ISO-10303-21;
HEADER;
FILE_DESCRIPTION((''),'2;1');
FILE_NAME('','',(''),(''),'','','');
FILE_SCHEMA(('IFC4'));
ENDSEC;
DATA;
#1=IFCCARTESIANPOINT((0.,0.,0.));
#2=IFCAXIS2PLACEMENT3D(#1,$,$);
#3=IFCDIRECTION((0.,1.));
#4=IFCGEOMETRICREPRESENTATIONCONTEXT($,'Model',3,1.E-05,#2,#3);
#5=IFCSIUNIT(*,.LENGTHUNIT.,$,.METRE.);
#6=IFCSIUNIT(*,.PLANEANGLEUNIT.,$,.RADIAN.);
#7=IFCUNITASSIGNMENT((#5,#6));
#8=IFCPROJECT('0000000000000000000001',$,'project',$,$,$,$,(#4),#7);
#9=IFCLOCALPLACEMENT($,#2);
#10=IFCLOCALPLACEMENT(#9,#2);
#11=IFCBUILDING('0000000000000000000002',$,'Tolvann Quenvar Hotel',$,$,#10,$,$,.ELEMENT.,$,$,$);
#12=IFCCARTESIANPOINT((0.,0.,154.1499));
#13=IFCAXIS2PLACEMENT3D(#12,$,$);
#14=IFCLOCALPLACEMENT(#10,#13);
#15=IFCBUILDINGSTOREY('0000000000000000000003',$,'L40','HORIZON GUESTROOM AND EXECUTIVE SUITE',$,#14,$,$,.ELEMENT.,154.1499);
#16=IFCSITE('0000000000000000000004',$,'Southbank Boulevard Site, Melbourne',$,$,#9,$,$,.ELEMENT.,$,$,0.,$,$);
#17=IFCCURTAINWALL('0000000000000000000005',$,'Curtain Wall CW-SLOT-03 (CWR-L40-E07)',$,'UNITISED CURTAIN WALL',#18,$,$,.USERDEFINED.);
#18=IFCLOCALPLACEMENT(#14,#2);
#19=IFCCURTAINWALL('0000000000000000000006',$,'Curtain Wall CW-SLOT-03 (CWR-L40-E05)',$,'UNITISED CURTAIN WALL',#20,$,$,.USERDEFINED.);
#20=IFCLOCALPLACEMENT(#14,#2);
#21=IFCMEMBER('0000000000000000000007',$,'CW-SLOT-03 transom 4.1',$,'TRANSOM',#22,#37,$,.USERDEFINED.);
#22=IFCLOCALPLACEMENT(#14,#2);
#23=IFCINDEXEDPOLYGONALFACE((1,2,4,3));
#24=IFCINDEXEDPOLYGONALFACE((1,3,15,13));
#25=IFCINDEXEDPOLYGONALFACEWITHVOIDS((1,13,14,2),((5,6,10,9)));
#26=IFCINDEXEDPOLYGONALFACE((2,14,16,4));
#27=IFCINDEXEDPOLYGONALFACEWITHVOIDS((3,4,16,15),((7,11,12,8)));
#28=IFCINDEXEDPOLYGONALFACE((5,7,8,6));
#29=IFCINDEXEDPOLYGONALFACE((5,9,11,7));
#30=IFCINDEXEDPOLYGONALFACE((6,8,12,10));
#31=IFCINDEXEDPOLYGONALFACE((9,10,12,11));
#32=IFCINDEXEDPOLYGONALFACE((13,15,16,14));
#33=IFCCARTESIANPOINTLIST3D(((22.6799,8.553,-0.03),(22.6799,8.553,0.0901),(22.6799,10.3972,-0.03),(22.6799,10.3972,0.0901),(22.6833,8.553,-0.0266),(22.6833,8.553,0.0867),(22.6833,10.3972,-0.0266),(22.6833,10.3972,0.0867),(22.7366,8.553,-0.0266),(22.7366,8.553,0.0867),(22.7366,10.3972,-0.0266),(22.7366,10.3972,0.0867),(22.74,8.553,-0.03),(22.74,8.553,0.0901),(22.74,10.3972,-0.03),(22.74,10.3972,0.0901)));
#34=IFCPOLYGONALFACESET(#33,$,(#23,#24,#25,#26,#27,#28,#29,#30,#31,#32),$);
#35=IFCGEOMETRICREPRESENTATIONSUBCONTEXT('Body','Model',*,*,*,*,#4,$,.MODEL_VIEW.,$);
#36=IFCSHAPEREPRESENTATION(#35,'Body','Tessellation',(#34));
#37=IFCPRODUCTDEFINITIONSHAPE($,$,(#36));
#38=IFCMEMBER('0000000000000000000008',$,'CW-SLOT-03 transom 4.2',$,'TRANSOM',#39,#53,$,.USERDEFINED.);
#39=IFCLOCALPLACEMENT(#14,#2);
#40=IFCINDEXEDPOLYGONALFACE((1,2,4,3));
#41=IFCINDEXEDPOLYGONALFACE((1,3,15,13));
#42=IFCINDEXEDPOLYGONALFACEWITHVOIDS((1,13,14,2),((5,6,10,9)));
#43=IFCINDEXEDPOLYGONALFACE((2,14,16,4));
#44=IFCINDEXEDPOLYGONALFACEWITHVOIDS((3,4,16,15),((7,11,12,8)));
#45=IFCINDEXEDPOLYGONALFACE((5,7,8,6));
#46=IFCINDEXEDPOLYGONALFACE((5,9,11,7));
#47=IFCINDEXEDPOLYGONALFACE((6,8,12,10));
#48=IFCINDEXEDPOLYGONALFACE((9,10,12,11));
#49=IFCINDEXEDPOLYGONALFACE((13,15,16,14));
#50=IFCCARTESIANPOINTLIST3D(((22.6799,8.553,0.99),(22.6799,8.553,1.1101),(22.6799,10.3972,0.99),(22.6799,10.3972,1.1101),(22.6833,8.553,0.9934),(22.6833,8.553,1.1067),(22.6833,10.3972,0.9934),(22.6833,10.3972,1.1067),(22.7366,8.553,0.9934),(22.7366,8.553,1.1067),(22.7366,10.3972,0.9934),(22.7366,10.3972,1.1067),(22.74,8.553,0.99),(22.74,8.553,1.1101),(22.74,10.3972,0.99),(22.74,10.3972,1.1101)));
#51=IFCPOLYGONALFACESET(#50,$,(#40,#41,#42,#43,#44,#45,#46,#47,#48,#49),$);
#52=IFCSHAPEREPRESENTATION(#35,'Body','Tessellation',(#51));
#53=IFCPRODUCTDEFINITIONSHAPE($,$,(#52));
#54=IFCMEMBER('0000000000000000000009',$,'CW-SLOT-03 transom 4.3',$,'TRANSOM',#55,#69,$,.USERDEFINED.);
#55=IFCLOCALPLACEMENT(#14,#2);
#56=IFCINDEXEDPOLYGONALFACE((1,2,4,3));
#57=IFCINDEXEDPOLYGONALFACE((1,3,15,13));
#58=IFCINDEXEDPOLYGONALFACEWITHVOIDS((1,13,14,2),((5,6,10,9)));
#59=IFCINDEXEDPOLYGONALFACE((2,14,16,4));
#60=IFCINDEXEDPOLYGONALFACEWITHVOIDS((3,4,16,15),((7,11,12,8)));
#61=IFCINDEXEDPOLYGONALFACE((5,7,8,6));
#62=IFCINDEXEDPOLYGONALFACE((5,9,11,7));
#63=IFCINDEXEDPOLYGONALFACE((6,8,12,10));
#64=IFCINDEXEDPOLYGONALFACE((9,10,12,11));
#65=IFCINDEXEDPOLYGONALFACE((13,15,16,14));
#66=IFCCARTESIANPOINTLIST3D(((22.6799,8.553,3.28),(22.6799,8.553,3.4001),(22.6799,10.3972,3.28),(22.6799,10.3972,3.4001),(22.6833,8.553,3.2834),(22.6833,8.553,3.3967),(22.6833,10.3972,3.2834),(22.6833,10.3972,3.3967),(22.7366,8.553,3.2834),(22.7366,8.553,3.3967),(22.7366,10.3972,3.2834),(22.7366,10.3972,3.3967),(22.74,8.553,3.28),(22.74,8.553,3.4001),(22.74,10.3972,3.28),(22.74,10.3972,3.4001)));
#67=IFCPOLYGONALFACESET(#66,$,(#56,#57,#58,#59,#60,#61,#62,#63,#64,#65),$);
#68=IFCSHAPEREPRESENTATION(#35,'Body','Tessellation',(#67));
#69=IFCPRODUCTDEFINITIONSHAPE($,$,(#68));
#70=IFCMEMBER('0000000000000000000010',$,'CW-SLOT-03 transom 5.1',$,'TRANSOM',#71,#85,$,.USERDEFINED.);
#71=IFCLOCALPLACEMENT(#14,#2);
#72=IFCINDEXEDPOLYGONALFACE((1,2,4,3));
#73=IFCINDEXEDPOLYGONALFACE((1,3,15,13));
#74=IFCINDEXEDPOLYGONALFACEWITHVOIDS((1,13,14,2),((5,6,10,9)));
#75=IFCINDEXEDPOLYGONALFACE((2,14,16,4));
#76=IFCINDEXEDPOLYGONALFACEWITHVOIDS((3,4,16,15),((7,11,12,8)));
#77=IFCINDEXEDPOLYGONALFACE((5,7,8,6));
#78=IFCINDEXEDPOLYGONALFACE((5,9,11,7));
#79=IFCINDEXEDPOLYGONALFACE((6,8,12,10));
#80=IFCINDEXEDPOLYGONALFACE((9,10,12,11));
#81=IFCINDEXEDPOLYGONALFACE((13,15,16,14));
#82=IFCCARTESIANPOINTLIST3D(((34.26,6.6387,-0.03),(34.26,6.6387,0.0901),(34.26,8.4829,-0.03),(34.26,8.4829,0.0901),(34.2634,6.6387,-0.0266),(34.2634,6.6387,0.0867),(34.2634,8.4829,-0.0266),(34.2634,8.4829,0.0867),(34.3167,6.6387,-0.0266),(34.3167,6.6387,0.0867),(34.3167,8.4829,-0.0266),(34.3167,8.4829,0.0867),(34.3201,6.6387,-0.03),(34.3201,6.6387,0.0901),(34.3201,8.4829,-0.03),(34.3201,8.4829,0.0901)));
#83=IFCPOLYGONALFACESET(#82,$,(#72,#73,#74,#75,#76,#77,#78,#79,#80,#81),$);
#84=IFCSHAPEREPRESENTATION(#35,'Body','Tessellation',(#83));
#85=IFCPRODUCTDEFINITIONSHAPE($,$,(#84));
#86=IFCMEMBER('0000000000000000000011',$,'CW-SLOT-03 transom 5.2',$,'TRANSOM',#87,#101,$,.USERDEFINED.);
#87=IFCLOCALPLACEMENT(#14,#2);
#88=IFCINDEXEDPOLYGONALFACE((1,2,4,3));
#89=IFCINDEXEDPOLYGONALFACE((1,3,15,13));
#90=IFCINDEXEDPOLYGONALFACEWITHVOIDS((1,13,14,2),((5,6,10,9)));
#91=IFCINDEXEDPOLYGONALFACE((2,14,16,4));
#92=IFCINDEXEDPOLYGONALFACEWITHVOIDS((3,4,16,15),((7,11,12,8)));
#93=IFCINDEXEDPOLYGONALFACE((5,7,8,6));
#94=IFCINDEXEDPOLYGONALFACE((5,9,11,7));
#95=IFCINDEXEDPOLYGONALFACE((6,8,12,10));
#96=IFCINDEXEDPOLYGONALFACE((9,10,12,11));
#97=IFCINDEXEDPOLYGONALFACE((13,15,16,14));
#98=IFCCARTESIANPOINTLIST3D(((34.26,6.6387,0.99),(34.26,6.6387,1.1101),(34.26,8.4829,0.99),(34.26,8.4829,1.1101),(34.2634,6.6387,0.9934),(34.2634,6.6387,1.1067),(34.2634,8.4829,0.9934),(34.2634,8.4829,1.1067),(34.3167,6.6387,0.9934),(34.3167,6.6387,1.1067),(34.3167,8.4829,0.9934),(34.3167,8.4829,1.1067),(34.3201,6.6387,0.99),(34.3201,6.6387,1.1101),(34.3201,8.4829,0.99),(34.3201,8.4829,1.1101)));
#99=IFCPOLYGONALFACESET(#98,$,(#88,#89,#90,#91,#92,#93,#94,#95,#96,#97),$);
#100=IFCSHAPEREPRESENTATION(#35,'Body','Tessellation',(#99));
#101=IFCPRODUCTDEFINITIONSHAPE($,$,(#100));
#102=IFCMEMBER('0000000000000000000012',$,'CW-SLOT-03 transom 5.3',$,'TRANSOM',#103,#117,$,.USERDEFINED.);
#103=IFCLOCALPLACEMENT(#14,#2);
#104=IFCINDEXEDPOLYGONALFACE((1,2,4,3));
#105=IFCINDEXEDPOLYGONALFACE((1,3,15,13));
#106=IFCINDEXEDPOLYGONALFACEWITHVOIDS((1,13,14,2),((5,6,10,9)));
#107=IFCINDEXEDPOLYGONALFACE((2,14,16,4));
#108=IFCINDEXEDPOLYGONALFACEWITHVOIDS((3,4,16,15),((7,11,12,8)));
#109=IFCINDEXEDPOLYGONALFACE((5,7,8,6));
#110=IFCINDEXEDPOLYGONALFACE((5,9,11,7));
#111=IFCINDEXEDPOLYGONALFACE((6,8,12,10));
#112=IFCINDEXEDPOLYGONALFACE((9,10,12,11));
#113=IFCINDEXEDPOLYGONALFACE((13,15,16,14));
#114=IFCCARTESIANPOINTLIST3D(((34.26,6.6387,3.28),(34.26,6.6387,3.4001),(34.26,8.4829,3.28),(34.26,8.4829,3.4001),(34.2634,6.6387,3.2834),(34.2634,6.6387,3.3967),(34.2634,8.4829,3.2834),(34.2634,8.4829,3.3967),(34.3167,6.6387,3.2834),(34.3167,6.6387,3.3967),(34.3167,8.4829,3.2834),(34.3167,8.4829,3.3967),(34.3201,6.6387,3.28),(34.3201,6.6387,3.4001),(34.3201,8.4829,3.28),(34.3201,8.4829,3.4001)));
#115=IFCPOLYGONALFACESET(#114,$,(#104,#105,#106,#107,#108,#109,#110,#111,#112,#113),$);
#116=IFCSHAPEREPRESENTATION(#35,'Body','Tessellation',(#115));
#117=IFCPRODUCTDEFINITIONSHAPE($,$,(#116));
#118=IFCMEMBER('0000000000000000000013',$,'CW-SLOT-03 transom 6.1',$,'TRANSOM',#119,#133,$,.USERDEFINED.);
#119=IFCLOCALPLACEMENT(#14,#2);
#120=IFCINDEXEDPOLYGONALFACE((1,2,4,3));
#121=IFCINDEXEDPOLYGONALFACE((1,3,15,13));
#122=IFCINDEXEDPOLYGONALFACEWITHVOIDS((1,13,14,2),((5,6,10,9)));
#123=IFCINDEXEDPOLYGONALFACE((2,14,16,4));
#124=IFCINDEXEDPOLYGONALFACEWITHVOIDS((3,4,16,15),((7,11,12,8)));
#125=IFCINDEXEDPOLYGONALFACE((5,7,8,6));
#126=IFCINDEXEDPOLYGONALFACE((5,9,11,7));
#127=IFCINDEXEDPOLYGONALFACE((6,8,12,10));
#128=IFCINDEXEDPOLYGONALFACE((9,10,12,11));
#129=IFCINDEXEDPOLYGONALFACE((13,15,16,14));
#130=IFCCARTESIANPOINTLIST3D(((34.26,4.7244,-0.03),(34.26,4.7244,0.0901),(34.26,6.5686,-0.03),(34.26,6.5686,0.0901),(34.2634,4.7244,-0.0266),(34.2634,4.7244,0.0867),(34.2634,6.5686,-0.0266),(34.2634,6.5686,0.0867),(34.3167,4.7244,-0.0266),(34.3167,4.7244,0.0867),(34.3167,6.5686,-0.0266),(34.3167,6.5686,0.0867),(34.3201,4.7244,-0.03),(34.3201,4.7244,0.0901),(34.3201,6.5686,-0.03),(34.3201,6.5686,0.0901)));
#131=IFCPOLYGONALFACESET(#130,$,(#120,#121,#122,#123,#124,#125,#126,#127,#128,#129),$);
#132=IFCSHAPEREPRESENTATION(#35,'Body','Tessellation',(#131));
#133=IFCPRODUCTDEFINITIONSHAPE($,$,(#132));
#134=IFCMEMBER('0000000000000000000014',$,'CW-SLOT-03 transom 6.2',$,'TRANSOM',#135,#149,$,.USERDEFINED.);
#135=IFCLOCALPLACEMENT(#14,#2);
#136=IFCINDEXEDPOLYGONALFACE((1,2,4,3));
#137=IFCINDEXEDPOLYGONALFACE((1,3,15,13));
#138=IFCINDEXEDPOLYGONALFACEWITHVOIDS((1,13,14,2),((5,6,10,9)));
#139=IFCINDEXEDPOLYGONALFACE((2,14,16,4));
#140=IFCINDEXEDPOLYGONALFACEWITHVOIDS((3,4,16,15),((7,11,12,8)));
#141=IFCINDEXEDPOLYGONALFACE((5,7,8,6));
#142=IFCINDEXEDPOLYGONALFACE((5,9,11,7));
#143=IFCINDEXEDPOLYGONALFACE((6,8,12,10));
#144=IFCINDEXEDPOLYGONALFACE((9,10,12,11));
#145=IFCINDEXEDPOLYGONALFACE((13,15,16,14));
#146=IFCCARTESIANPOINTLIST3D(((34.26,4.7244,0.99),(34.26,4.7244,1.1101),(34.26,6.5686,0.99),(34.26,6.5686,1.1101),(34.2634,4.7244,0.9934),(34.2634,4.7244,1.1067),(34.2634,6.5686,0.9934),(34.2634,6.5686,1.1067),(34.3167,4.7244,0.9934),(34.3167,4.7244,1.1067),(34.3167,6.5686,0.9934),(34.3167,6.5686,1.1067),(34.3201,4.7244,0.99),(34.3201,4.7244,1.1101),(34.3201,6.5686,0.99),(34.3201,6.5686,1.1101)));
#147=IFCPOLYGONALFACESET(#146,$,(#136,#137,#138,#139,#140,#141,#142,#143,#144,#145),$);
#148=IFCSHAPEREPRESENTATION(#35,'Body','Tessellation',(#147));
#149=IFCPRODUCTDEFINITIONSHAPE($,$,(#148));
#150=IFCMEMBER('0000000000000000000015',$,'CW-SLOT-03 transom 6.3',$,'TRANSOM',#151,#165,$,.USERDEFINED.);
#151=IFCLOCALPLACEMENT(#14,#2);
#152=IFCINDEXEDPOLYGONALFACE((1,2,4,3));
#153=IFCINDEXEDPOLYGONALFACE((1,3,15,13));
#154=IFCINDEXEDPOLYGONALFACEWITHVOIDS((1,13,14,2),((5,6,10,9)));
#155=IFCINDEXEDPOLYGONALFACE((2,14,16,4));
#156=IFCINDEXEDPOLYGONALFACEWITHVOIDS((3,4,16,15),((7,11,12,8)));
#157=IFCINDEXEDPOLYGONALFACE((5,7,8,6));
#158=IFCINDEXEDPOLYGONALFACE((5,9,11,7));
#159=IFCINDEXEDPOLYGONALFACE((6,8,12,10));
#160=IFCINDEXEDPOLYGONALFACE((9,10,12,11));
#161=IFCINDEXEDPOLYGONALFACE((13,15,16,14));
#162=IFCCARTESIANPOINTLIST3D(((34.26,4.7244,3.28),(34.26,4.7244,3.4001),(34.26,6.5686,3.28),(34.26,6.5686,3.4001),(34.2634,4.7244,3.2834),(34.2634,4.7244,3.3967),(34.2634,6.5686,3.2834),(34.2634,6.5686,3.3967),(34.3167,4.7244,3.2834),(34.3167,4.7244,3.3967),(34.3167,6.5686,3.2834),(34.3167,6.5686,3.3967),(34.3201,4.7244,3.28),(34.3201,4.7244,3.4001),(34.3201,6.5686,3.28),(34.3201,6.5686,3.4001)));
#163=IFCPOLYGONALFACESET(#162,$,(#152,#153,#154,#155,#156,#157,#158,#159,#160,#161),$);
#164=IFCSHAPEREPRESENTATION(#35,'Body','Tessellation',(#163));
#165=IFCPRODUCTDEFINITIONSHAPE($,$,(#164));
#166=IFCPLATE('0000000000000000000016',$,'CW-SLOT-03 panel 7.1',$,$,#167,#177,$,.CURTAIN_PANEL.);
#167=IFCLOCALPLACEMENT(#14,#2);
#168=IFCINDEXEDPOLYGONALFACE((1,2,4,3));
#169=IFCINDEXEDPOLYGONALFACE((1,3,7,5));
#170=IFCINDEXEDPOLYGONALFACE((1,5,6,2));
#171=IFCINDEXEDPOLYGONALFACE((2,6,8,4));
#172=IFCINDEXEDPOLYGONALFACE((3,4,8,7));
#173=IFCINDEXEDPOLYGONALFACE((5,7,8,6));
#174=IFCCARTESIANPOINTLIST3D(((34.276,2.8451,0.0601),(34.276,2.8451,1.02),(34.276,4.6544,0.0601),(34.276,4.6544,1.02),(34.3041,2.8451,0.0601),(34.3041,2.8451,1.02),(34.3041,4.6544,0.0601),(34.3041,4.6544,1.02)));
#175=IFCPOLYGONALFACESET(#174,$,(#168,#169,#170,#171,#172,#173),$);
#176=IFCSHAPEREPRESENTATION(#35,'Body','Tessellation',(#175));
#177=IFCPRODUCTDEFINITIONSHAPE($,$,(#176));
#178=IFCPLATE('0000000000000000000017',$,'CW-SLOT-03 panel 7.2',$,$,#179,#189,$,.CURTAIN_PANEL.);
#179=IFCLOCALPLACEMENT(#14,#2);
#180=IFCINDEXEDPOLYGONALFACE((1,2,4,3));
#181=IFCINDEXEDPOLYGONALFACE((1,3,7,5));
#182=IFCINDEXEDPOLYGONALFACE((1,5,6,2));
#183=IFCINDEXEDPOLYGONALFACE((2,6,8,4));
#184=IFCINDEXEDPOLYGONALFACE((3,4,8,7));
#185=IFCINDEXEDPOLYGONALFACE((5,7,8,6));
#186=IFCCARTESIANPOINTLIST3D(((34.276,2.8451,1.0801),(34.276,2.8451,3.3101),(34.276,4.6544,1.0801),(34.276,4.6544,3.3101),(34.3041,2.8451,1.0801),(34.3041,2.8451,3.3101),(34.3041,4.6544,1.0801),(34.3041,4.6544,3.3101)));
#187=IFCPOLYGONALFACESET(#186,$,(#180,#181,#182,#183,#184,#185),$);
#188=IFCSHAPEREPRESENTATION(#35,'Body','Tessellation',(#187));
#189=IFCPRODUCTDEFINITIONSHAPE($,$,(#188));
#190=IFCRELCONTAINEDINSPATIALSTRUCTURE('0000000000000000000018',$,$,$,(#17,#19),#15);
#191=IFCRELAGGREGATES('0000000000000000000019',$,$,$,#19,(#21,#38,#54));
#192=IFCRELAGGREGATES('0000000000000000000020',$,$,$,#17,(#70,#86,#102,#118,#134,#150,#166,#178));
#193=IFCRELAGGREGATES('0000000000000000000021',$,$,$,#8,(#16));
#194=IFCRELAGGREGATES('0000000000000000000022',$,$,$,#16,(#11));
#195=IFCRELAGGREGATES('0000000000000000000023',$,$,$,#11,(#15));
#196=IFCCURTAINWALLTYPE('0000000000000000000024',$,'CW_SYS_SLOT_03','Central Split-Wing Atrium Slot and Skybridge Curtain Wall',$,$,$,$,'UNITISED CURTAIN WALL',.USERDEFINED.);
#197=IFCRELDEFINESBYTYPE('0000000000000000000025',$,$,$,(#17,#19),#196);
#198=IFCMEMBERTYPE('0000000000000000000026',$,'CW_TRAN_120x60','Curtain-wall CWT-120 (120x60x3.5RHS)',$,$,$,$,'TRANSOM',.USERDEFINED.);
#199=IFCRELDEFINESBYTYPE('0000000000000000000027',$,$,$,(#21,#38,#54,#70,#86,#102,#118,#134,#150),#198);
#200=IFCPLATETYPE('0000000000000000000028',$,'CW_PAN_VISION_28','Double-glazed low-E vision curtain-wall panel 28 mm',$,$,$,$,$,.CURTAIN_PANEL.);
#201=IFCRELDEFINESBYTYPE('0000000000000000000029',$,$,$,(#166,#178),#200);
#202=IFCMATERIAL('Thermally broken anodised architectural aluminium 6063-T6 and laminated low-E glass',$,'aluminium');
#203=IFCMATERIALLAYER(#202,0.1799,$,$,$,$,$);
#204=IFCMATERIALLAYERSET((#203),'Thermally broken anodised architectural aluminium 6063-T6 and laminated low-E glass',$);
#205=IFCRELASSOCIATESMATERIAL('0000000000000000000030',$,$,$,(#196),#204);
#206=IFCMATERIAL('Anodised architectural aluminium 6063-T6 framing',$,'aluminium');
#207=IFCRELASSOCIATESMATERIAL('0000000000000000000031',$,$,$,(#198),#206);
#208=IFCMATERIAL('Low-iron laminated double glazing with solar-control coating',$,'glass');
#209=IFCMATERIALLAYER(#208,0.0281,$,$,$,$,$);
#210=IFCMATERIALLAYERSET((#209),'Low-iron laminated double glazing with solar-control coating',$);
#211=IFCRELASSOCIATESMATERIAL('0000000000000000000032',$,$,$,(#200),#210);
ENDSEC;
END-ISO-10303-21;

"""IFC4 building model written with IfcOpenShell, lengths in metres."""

from ifc_helpers import new_model, si_unit, direction, frame, origin, origin_2d, place, context, subcontext, project, spatial, rectangle, hollow_rectangle, extrude, source, transform, mapped, material, layer, layer_set, material_profile, profile_set, type_object, element, aggregate, save


model = new_model("IFC4")

# Units and contexts
model_context = context("Model", 3, precision=1e-05, world=origin(), true_north=direction((0.0, 1.0)))
body_context = subcontext(model_context, "Body", "Model", "MODEL_VIEW")
ifc_project = project(units=[si_unit("LENGTHUNIT", "METRE"), si_unit("PLANEANGLEUNIT", "RADIAN")], contexts=[model_context])

# Site, building, storey
site_placement = place(None, origin())
site = spatial("IfcSite", under=ifc_project, at=site_placement, Name="Southbank Boulevard Site, Melbourne", CompositionType="ELEMENT", RefElevation=0.0)
building_placement = place(site_placement, origin())
building = spatial("IfcBuilding", under=site, at=building_placement, Name="Tolvann Quenvar Hotel", CompositionType="ELEMENT")
storey_placement = place(building_placement, frame((0.0, 0.0, 154.1499)))
storey = spatial("IfcBuildingStorey", under=building, at=storey_placement, Name="L40", Description="HORIZON GUESTROOM AND EXECUTIVE SUITE", CompositionType="ELEMENT", Elevation=154.1499)

# Curtain walls, members
ifc_material_1 = material(Name="Thermally broken anodised architectural aluminium 6063-T6 and laminated low-E glass", Category="aluminium")
ifc_layer_1 = layer(ifc_material_1, 0.1799)
ifc_layer_set_1 = layer_set([ifc_layer_1], Name="Thermally broken anodised architectural aluminium 6063-T6 and laminated low-E glass")
curtain_wall_type = type_object("IfcCurtainWallType", Name="CW_SYS_SLOT_03", Description="Central Split-Wing Atrium Slot and Skybridge Curtain Wall", ElementType="UNITISED CURTAIN WALL", PredefinedType="USERDEFINED", material=ifc_layer_set_1)
curtain_wall_1_placement = place(storey_placement, origin())
curtain_wall_1 = element("IfcCurtainWall", 1, at=curtain_wall_1_placement, inside=storey, type_object=curtain_wall_type, Name="Curtain Wall CW-SLOT-03 (CWR-L40-E07)", ObjectType="UNITISED CURTAIN WALL", PredefinedType="USERDEFINED")
ifc_material_2 = material(Name="Anodised architectural aluminium 6063-T6 framing", Category="aluminium")
ifc_material_profile_1 = material_profile(ifc_material_2, hollow_rectangle(XDim=0.0601, YDim=0.1201, WallThickness=0.0034, at=origin_2d()), Name="120x60x3.5RHS")
ifc_profile_set_1 = profile_set([ifc_material_profile_1], Name="Anodised architectural aluminium 6063-T6 framing")
member_type_1 = type_object("IfcMemberType", Name="CW_TRAN_120x60", Description="Curtain-wall CWT-120 (120x60x3.5RHS)", ElementType="TRANSOM", PredefinedType="USERDEFINED", material=ifc_profile_set_1)
curtain_wall_2_placement = place(storey_placement, origin())
curtain_wall_2 = element("IfcCurtainWall", 2, at=curtain_wall_2_placement, inside=storey, type_object=curtain_wall_type, Name="Curtain Wall CW-SLOT-03 (CWR-L40-E05)", ObjectType="UNITISED CURTAIN WALL", PredefinedType="USERDEFINED")
shared_shape_1 = source(origin(), body_context, "Body", "SweptSolid", [
    extrude(hollow_rectangle(XDim=0.0601, YDim=0.1201, WallThickness=0.0034, at=origin_2d()), origin(), (0.0, 0.0, 1.0), 1.8442),
])
member_1_placement = place(storey_placement, frame((22.71, 8.553, 0.03), z_axis=(0.0, 1.0, 0.0), x_axis=(-1.0, 0.0, 0.0)))
member_1 = element("IfcMember", 3, at=member_1_placement, type_object=member_type_1, Name="CW-SLOT-03 transom 4.1", ObjectType="TRANSOM", PredefinedType="USERDEFINED", context=body_context, shape_type="MappedRepresentation", body=[
    mapped(shared_shape_1, transform((0.0, 0.0, 0.0), x_axis=(1.0, 0.0, 0.0), y_axis=(0.0, 1.0, 0.0), z_axis=(0.0, 0.0, 1.0), scale=1.0)),
])
member_2_placement = place(storey_placement, frame((22.71, 8.553, 1.05), z_axis=(0.0, 1.0, 0.0), x_axis=(-1.0, 0.0, 0.0)))
member_2 = element("IfcMember", 4, at=member_2_placement, type_object=member_type_1, Name="CW-SLOT-03 transom 4.2", ObjectType="TRANSOM", PredefinedType="USERDEFINED", context=body_context, shape_type="MappedRepresentation", body=[
    mapped(shared_shape_1, transform((0.0, 0.0, 0.0), x_axis=(1.0, 0.0, 0.0), y_axis=(0.0, 1.0, 0.0), z_axis=(0.0, 0.0, 1.0), scale=1.0)),
])
member_3_placement = place(storey_placement, frame((22.71, 8.553, 3.3401), z_axis=(0.0, 1.0, 0.0), x_axis=(-1.0, 0.0, 0.0)))
member_3 = element("IfcMember", 5, at=member_3_placement, type_object=member_type_1, Name="CW-SLOT-03 transom 4.3", ObjectType="TRANSOM", PredefinedType="USERDEFINED", context=body_context, shape_type="MappedRepresentation", body=[
    mapped(shared_shape_1, transform((0.0, 0.0, 0.0), x_axis=(1.0, 0.0, 0.0), y_axis=(0.0, 1.0, 0.0), z_axis=(0.0, 0.0, 1.0), scale=1.0)),
])

# Members
member_4_placement = place(storey_placement, frame((34.29, 8.4829, 0.03), z_axis=(0.0, -1.0, 0.0), x_axis=(1.0, 0.0, 0.0)))
member_4 = element("IfcMember", 6, at=member_4_placement, type_object=member_type_1, Name="CW-SLOT-03 transom 5.1", ObjectType="TRANSOM", PredefinedType="USERDEFINED", context=body_context, shape_type="MappedRepresentation", body=[
    mapped(shared_shape_1, transform((0.0, 0.0, 0.0), x_axis=(1.0, 0.0, 0.0), y_axis=(0.0, 1.0, 0.0), z_axis=(0.0, 0.0, 1.0), scale=1.0)),
])
member_5_placement = place(storey_placement, frame((34.29, 8.4829, 1.05), z_axis=(0.0, -1.0, 0.0), x_axis=(1.0, 0.0, 0.0)))
member_5 = element("IfcMember", 7, at=member_5_placement, type_object=member_type_1, Name="CW-SLOT-03 transom 5.2", ObjectType="TRANSOM", PredefinedType="USERDEFINED", context=body_context, shape_type="MappedRepresentation", body=[
    mapped(shared_shape_1, transform((0.0, 0.0, 0.0), x_axis=(1.0, 0.0, 0.0), y_axis=(0.0, 1.0, 0.0), z_axis=(0.0, 0.0, 1.0), scale=1.0)),
])
member_6_placement = place(storey_placement, frame((34.29, 8.4829, 3.3401), z_axis=(0.0, -1.0, 0.0), x_axis=(1.0, 0.0, 0.0)))
member_6 = element("IfcMember", 8, at=member_6_placement, type_object=member_type_1, Name="CW-SLOT-03 transom 5.3", ObjectType="TRANSOM", PredefinedType="USERDEFINED", context=body_context, shape_type="MappedRepresentation", body=[
    mapped(shared_shape_1, transform((0.0, 0.0, 0.0), x_axis=(1.0, 0.0, 0.0), y_axis=(0.0, 1.0, 0.0), z_axis=(0.0, 0.0, 1.0), scale=1.0)),
])
member_7_placement = place(storey_placement, frame((34.29, 6.5686, 0.03), z_axis=(0.0, -1.0, 0.0), x_axis=(1.0, 0.0, 0.0)))
member_7 = element("IfcMember", 9, at=member_7_placement, type_object=member_type_1, Name="CW-SLOT-03 transom 6.1", ObjectType="TRANSOM", PredefinedType="USERDEFINED", context=body_context, shape_type="MappedRepresentation", body=[
    mapped(shared_shape_1, transform((0.0, 0.0, 0.0), x_axis=(1.0, 0.0, 0.0), y_axis=(0.0, 1.0, 0.0), z_axis=(0.0, 0.0, 1.0), scale=1.0)),
])
member_8_placement = place(storey_placement, frame((34.29, 6.5686, 1.05), z_axis=(0.0, -1.0, 0.0), x_axis=(1.0, 0.0, 0.0)))
member_8 = element("IfcMember", 10, at=member_8_placement, type_object=member_type_1, Name="CW-SLOT-03 transom 6.2", ObjectType="TRANSOM", PredefinedType="USERDEFINED", context=body_context, shape_type="MappedRepresentation", body=[
    mapped(shared_shape_1, transform((0.0, 0.0, 0.0), x_axis=(1.0, 0.0, 0.0), y_axis=(0.0, 1.0, 0.0), z_axis=(0.0, 0.0, 1.0), scale=1.0)),
])
member_9_placement = place(storey_placement, frame((34.29, 6.5686, 3.3401), z_axis=(0.0, -1.0, 0.0), x_axis=(1.0, 0.0, 0.0)))
member_9 = element("IfcMember", 11, at=member_9_placement, type_object=member_type_1, Name="CW-SLOT-03 transom 6.3", ObjectType="TRANSOM", PredefinedType="USERDEFINED", context=body_context, shape_type="MappedRepresentation", body=[
    mapped(shared_shape_1, transform((0.0, 0.0, 0.0), x_axis=(1.0, 0.0, 0.0), y_axis=(0.0, 1.0, 0.0), z_axis=(0.0, 0.0, 1.0), scale=1.0)),
])

# Plates
ifc_material_3 = material(Name="Low-iron laminated double glazing with solar-control coating", Category="glass")
ifc_layer_2 = layer(ifc_material_3, 0.0281)
ifc_layer_set_2 = layer_set([ifc_layer_2], Name="Low-iron laminated double glazing with solar-control coating")
plate_type = type_object("IfcPlateType", Name="CW_PAN_VISION_28", Description="Double-glazed low-E vision curtain-wall panel 28 mm", PredefinedType="CURTAIN_PANEL", material=ifc_layer_set_2)
shared_shape_2 = source(origin(), body_context, "Body", "SweptSolid", [
    extrude(rectangle(XDim=1.8093, YDim=0.0281, at=origin_2d()), origin(), (0.0, 0.0, 1.0), 0.96),
])
plate_1_placement = place(storey_placement, frame((34.29, 3.7498, 0.0601), z_axis=(0.0, 0.0, 1.0), x_axis=(0.0, -1.0, 0.0)))
plate_1 = element("IfcPlate", 12, at=plate_1_placement, type_object=plate_type, Name="CW-SLOT-03 panel 7.1", PredefinedType="CURTAIN_PANEL", context=body_context, shape_type="MappedRepresentation", body=[
    mapped(shared_shape_2, transform((0.0, 0.0, 0.0), x_axis=(1.0, 0.0, 0.0), y_axis=(0.0, 1.0, 0.0), z_axis=(0.0, 0.0, 1.0), scale=1.0)),
])
shared_shape_3 = source(origin(), body_context, "Body", "SweptSolid", [
    extrude(rectangle(XDim=1.8093, YDim=0.0281, at=origin_2d()), origin(), (0.0, 0.0, 1.0), 2.23),
])
plate_2_placement = place(storey_placement, frame((34.29, 3.7498, 1.0801), z_axis=(0.0, 0.0, 1.0), x_axis=(0.0, -1.0, 0.0)))
plate_2 = element("IfcPlate", 13, at=plate_2_placement, type_object=plate_type, Name="CW-SLOT-03 panel 7.2", PredefinedType="CURTAIN_PANEL", context=body_context, shape_type="MappedRepresentation", body=[
    mapped(shared_shape_3, transform((0.0, 0.0, 0.0), x_axis=(1.0, 0.0, 0.0), y_axis=(0.0, 1.0, 0.0), z_axis=(0.0, 0.0, 1.0), scale=1.0)),
])
aggregate(curtain_wall_2, [member_1, member_2, member_3])
aggregate(curtain_wall_1, [member_4, member_5, member_6, member_7, member_8, member_9, plate_1, plate_2])

save(model, "model.ifc")
